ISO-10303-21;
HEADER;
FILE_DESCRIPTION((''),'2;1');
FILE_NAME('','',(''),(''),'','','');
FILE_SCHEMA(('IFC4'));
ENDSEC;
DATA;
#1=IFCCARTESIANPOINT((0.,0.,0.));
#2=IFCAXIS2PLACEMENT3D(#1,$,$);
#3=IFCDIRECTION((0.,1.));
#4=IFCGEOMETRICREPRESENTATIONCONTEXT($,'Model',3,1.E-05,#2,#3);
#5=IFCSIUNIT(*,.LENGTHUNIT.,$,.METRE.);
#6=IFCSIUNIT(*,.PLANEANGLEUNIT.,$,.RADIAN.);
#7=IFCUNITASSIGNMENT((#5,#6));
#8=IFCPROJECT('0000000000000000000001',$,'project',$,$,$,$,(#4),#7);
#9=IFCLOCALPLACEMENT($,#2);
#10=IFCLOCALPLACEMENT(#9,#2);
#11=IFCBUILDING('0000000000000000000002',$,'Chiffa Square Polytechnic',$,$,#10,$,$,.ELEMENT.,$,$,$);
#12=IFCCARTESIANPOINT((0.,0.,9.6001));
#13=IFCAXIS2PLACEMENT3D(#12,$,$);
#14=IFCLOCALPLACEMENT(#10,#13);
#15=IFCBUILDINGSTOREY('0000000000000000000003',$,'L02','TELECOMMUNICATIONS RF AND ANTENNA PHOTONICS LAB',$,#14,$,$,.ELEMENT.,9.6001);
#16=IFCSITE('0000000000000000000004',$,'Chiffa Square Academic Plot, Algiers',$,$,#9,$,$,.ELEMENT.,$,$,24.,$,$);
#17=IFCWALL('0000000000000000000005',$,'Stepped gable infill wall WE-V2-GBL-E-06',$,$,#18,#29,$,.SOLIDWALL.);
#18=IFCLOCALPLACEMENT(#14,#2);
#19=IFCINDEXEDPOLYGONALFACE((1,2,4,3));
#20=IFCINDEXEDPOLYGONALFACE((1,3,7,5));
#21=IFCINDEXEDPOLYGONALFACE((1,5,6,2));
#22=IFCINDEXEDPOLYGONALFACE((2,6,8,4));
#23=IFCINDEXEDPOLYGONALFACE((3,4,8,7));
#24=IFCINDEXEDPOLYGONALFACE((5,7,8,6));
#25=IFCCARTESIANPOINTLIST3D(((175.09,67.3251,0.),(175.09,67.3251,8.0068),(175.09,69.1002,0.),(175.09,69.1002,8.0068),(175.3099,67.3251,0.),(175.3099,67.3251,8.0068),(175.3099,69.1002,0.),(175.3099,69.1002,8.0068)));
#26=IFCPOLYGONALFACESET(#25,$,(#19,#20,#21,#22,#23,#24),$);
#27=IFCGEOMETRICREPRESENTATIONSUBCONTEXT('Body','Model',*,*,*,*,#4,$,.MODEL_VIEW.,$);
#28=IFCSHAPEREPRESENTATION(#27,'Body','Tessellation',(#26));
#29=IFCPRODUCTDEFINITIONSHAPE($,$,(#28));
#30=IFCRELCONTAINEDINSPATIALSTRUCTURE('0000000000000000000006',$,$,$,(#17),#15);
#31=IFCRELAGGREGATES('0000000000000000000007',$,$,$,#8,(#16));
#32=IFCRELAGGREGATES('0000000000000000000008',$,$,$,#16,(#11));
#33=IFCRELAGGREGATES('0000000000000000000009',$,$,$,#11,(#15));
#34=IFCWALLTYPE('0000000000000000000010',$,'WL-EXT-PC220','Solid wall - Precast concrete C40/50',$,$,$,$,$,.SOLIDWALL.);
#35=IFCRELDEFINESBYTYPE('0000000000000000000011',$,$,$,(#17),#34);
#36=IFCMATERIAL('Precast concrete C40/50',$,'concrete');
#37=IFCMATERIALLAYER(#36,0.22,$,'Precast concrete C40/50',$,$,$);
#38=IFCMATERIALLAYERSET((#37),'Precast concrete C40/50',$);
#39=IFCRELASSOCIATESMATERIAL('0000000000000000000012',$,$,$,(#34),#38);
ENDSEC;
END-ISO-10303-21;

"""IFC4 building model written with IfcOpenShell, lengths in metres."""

from ifc_helpers import new_model, si_unit, direction, frame, frame_2d, origin, place, context, subcontext, project, spatial, rectangle, extrude, material, layer, layer_set, type_object, element, save


model = new_model("IFC4")

# Units and contexts
model_context = context("Model", 3, precision=1e-05, world=origin(), true_north=direction((0.0, 1.0)))
body_context = subcontext(model_context, "Body", "Model", "MODEL_VIEW")
ifc_project = project(units=[si_unit("LENGTHUNIT", "METRE"), si_unit("PLANEANGLEUNIT", "RADIAN")], contexts=[model_context])

# Site, building, storey
site_placement = place(None, origin())
site = spatial("IfcSite", under=ifc_project, at=site_placement, Name="Chiffa Square Academic Plot, Algiers", CompositionType="ELEMENT", RefElevation=24.0)
building_placement = place(site_placement, origin())
building = spatial("IfcBuilding", under=site, at=building_placement, Name="Chiffa Square Polytechnic", CompositionType="ELEMENT")
storey_placement = place(building_placement, frame((0.0, 0.0, 9.6001)))
storey = spatial("IfcBuildingStorey", under=building, at=storey_placement, Name="L02", Description="TELECOMMUNICATIONS RF AND ANTENNA PHOTONICS LAB", CompositionType="ELEMENT", Elevation=9.6001)

# Wall
ifc_material_1 = material(Name="Precast concrete C40/50", Category="concrete")
ifc_layer_1 = layer(ifc_material_1, 0.22, Name="Precast concrete C40/50")
ifc_layer_set_1 = layer_set([ifc_layer_1], Name="Precast concrete C40/50")
wall_type = type_object("IfcWallType", Name="WL-EXT-PC220", Description="Solid wall - Precast concrete C40/50", PredefinedType="SOLIDWALL", material=ifc_layer_set_1)
wall_1_placement = place(storey_placement, frame((175.2, 67.325, 0.0), z_axis=(0.0, 0.0, 1.0), x_axis=(0.0, 1.0, 0.0)))
element("IfcWall", 1, at=wall_1_placement, inside=storey, type_object=wall_type, Name="Stepped gable infill wall WE-V2-GBL-E-06", PredefinedType="SOLIDWALL", context=body_context, shape_type="SweptSolid", body=[
    extrude(rectangle(XDim=1.7751, YDim=0.22, at=frame_2d((0.8877, 0.0))), origin(), (0.0, 0.0, 1.0), 8.0068),
])

save(model, "model.ifc")
